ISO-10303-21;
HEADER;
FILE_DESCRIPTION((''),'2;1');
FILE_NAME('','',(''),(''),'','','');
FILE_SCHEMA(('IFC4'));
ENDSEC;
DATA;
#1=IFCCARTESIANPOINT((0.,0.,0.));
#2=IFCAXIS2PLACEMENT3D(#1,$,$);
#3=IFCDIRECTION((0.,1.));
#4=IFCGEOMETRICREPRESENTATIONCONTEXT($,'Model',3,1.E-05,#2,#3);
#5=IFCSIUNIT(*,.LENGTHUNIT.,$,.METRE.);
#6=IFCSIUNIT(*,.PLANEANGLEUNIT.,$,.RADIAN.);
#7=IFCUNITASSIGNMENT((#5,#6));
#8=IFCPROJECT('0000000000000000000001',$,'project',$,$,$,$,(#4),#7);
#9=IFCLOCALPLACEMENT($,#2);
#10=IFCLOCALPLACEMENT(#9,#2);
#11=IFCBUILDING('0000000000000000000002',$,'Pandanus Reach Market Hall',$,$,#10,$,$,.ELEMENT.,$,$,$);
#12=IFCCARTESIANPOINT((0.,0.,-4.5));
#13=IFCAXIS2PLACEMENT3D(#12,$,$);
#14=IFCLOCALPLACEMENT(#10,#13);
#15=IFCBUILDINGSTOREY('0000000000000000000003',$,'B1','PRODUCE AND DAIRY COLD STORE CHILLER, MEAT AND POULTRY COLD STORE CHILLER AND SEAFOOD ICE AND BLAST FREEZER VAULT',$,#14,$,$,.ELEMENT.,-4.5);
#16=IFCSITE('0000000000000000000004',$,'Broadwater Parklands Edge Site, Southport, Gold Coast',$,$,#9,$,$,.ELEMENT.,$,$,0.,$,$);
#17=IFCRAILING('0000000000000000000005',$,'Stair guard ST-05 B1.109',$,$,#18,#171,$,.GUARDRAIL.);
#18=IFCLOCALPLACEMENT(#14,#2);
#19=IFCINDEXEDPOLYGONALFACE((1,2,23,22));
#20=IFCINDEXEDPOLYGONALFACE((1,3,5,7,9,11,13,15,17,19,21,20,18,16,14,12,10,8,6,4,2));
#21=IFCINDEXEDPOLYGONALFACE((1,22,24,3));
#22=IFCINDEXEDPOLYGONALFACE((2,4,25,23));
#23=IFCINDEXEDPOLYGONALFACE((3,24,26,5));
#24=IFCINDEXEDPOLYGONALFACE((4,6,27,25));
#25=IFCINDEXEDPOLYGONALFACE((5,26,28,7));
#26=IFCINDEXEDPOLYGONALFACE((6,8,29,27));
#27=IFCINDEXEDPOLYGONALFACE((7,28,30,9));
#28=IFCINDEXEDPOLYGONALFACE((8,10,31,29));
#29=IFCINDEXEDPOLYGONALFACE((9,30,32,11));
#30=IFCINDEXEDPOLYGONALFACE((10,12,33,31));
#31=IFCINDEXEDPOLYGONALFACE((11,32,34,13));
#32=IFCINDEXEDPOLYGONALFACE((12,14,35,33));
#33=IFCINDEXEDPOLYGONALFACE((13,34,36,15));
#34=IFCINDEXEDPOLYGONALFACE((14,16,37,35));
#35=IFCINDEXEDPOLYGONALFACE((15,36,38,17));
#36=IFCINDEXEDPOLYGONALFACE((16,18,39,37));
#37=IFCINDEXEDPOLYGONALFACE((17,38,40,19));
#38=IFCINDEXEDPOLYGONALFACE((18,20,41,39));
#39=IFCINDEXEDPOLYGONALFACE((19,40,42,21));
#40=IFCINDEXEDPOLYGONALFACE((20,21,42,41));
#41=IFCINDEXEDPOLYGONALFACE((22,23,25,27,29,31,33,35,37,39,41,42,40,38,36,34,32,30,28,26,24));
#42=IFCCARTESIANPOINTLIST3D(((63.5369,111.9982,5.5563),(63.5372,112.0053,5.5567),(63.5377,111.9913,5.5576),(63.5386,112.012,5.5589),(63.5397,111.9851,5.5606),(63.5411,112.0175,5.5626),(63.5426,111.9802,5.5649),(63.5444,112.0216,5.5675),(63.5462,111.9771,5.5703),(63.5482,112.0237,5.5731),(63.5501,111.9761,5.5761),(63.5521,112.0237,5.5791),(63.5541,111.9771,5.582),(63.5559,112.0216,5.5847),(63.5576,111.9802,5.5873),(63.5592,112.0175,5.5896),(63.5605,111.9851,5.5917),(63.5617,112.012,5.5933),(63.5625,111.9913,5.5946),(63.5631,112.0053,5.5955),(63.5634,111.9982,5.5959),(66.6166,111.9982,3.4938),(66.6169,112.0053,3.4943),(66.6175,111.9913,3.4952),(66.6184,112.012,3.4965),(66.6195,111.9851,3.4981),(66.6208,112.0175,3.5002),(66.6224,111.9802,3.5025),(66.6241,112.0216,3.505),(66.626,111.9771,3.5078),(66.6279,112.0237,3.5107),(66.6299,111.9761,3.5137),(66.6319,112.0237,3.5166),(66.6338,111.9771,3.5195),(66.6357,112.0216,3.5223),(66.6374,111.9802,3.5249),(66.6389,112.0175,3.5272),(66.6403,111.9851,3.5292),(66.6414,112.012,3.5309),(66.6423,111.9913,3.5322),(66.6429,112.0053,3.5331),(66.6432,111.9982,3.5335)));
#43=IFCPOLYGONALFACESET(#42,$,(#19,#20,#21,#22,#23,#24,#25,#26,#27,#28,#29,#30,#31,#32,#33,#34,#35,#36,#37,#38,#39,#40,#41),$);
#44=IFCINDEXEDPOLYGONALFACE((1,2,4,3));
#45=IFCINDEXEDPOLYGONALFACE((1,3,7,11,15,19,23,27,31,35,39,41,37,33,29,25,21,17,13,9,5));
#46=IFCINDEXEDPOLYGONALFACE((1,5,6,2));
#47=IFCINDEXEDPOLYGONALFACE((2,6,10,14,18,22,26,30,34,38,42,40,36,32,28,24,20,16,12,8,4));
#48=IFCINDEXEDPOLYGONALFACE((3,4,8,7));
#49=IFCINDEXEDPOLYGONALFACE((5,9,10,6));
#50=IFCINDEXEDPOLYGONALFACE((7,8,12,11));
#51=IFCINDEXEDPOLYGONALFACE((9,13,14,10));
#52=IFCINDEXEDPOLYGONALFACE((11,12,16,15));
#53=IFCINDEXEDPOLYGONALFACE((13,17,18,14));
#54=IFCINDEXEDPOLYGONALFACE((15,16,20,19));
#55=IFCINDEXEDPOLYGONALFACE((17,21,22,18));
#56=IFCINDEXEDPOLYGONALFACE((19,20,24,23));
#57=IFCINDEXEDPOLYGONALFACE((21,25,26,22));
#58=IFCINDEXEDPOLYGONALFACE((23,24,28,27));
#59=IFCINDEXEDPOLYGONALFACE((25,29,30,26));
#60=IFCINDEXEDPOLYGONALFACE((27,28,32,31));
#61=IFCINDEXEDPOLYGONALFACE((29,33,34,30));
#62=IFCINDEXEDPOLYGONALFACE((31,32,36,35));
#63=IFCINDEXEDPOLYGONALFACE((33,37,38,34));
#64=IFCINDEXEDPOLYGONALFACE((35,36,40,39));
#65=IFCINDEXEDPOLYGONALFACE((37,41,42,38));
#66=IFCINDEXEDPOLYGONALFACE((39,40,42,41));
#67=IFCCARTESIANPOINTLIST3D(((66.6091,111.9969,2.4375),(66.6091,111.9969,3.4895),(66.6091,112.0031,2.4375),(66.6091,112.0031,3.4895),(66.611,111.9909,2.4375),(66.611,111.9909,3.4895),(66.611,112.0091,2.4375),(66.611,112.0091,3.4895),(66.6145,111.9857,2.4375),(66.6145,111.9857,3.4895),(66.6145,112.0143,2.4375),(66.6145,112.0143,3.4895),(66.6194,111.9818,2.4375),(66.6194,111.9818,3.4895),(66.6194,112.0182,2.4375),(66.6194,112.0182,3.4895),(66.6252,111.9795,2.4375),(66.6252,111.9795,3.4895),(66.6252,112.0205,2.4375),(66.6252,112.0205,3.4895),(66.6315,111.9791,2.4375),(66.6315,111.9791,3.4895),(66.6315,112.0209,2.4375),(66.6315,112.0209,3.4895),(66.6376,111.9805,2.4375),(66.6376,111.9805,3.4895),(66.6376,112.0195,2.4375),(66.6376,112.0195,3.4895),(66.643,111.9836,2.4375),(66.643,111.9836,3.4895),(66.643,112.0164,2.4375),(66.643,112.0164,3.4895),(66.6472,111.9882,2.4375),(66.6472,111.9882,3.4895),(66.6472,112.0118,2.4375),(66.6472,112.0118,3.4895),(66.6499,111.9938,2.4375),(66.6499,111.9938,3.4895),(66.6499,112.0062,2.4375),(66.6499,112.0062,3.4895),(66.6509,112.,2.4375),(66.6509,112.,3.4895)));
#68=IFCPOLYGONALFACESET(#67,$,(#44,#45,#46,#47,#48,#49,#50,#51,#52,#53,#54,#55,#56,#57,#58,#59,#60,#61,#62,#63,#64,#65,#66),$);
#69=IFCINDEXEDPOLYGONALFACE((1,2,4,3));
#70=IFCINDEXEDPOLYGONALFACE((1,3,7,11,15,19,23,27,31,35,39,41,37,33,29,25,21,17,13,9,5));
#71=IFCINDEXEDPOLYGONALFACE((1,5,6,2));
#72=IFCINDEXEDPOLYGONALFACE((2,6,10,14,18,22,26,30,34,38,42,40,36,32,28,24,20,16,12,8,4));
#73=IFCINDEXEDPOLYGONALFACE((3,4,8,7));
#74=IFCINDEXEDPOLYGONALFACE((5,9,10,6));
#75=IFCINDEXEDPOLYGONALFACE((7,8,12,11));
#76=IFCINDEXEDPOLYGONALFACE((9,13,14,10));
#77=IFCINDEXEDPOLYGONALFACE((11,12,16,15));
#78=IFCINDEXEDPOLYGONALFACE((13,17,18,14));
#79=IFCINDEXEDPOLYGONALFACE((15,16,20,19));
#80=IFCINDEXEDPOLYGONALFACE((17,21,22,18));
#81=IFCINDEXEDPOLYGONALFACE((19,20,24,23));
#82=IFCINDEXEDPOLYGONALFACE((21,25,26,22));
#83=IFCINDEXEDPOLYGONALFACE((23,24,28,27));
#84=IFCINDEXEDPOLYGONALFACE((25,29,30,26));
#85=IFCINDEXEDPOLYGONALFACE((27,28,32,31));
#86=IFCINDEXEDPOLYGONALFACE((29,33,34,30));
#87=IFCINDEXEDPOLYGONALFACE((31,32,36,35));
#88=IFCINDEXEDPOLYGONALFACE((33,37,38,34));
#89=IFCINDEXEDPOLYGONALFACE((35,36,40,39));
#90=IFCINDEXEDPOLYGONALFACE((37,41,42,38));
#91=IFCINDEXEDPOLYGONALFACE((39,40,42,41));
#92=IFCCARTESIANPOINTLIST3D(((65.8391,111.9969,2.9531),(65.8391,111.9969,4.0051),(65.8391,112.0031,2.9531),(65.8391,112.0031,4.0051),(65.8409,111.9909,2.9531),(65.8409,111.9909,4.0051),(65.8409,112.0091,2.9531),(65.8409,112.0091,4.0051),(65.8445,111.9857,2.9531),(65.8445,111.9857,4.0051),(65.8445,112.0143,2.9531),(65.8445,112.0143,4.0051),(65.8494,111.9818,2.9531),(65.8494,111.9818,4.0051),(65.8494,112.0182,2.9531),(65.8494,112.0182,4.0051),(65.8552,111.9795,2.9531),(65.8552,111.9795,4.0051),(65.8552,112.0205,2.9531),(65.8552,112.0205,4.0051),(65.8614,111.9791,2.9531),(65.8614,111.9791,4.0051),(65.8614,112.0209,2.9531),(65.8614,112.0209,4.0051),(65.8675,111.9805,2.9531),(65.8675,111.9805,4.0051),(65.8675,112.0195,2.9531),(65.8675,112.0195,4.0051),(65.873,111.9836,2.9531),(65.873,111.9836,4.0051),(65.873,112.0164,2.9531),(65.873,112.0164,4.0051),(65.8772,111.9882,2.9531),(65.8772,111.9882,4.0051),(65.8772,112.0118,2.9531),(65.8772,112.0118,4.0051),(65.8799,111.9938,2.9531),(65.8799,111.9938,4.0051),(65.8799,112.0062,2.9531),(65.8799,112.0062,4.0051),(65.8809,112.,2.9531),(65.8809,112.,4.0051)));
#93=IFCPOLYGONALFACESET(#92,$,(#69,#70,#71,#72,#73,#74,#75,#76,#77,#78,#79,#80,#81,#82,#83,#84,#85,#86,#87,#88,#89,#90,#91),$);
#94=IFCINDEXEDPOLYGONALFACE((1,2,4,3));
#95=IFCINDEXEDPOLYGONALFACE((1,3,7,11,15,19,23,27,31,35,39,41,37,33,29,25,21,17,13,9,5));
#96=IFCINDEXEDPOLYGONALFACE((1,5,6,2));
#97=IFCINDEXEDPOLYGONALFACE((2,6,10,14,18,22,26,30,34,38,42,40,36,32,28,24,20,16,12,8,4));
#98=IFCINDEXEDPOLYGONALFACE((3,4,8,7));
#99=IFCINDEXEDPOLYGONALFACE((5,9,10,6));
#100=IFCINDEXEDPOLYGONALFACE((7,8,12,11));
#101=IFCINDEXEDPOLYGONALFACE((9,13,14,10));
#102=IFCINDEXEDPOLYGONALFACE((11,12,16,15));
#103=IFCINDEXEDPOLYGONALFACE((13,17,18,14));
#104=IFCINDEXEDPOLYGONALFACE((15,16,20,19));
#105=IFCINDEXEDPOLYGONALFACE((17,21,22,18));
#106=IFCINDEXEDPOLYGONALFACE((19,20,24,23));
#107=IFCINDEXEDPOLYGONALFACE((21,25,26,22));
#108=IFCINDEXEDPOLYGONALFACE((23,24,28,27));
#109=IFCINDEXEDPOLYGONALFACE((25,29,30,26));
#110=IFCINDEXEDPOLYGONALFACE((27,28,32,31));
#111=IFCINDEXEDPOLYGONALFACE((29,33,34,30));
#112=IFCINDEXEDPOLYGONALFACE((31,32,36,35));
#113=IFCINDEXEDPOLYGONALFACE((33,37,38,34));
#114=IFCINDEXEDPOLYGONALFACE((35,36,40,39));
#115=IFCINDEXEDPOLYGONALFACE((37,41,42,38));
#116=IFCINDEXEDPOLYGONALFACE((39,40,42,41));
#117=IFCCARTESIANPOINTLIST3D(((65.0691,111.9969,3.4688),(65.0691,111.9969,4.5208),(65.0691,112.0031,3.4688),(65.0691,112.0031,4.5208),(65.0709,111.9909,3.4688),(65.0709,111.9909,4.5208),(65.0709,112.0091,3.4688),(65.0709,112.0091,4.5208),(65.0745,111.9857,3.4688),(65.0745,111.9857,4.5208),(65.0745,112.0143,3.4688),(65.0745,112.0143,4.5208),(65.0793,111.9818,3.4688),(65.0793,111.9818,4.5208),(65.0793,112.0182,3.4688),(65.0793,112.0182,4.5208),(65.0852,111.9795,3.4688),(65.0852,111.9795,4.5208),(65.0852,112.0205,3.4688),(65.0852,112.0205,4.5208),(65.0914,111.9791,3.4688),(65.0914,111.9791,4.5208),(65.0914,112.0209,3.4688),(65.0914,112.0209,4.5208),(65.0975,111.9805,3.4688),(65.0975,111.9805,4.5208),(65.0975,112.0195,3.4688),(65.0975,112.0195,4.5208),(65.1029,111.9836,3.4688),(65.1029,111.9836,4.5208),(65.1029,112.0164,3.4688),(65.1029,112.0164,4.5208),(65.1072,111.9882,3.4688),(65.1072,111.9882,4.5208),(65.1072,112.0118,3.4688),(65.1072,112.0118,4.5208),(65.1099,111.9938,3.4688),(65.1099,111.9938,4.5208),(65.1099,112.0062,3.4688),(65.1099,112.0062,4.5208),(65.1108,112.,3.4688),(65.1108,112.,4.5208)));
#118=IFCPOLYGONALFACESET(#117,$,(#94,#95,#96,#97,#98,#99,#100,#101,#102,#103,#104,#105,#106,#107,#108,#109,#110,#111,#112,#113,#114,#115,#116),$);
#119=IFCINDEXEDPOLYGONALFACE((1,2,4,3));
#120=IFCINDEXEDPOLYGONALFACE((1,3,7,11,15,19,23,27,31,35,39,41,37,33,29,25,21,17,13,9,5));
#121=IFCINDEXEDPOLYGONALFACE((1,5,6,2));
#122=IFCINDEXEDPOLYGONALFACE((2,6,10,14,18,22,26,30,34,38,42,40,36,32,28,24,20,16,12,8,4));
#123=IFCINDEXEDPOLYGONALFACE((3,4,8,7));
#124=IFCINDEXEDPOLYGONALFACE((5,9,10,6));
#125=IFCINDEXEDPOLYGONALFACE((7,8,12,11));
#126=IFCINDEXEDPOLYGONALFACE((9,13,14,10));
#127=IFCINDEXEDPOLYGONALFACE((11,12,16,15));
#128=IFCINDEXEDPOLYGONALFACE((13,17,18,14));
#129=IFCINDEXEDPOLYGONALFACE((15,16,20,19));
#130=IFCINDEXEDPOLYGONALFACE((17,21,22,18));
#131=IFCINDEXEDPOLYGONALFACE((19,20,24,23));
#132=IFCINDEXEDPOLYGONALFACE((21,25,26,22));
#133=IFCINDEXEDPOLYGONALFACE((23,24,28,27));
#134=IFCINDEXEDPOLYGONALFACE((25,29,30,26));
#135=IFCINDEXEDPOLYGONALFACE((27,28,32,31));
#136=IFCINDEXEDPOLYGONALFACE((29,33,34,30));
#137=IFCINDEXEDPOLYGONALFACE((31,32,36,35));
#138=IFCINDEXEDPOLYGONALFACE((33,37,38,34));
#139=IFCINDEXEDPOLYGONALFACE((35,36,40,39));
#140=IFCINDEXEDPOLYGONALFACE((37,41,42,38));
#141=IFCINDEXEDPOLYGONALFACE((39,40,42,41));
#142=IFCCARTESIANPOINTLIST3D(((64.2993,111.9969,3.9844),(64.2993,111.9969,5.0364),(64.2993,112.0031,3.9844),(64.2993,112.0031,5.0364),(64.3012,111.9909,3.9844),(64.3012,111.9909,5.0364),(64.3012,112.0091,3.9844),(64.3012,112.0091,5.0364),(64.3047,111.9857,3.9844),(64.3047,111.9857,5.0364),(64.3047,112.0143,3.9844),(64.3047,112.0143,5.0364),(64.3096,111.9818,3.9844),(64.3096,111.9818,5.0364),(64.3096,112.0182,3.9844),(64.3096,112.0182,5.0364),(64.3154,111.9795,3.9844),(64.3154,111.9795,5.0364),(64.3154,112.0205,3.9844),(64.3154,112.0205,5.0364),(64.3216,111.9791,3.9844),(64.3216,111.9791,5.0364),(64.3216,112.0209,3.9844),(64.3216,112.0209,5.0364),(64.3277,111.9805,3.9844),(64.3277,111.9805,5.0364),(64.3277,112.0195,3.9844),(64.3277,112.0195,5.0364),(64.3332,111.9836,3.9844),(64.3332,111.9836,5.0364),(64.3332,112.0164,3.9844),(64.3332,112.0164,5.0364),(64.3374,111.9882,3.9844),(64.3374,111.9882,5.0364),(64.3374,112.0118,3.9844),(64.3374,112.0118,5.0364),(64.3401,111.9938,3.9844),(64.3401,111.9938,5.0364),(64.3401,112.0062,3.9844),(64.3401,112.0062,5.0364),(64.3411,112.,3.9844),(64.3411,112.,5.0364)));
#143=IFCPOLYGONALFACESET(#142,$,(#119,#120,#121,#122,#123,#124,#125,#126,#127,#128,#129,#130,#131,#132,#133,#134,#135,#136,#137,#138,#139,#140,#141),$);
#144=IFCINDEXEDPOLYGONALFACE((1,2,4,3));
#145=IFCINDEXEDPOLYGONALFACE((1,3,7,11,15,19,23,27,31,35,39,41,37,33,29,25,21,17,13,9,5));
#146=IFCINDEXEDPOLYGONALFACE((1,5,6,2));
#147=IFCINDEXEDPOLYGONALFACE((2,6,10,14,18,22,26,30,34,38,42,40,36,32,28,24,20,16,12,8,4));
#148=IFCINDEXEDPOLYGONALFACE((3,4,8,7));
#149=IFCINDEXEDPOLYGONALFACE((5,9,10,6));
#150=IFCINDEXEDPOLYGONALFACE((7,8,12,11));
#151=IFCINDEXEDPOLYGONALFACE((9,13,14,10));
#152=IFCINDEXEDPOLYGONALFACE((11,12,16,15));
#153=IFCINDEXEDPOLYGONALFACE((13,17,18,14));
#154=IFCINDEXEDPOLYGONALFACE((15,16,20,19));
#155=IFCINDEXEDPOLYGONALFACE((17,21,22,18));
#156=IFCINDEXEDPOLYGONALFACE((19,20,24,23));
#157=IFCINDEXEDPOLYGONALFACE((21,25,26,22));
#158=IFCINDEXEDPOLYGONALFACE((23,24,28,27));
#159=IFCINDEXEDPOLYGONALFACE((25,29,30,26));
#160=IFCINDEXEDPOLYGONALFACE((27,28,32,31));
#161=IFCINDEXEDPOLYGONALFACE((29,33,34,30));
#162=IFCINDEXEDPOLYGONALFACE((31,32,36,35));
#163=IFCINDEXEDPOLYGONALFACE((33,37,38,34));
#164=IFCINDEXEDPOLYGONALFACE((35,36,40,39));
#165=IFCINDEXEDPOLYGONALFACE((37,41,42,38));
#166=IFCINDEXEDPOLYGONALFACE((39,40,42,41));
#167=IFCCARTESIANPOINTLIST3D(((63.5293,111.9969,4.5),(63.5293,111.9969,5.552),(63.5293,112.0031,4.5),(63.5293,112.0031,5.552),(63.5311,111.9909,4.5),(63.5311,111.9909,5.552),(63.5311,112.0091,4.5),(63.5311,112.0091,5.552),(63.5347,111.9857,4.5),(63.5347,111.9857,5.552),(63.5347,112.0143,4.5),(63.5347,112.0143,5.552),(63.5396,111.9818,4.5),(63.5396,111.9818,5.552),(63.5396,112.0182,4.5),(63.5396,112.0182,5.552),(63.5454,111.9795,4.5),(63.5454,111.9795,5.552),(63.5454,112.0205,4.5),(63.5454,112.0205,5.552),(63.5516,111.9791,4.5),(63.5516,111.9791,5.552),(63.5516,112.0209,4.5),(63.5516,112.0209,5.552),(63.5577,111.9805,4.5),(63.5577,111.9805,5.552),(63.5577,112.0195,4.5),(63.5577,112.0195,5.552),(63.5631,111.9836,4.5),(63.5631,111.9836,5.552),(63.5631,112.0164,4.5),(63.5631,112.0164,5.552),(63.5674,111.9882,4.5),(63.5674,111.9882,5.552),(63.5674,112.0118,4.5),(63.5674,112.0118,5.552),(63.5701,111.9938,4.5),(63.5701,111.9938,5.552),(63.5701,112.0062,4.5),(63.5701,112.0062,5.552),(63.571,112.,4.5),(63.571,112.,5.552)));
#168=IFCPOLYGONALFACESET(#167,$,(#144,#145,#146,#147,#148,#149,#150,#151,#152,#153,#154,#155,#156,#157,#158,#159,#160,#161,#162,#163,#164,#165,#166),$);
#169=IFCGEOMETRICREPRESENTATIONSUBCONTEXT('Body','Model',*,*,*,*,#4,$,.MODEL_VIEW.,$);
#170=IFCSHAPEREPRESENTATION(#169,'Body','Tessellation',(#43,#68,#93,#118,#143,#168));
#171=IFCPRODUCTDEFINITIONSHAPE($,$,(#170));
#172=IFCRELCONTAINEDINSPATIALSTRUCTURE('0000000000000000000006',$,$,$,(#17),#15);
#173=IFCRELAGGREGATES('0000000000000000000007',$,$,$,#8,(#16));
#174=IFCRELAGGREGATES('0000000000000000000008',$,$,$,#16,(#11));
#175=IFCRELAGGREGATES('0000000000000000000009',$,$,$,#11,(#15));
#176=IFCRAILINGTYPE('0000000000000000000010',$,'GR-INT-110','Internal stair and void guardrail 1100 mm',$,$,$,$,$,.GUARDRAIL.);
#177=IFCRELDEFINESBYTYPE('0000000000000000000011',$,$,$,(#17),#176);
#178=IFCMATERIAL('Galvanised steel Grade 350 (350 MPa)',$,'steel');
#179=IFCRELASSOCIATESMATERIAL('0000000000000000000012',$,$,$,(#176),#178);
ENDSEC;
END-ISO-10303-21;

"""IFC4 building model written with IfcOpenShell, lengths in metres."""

from ifc_helpers import new_model, si_unit, direction, frame, origin, origin_2d, place, context, subcontext, project, spatial, circle, extrude, material, type_object, element, save


model = new_model("IFC4")

# Units and contexts
model_context = context("Model", 3, precision=1e-05, world=origin(), true_north=direction((0.0, 1.0)))
body_context = subcontext(model_context, "Body", "Model", "MODEL_VIEW")
ifc_project = project(units=[si_unit("LENGTHUNIT", "METRE"), si_unit("PLANEANGLEUNIT", "RADIAN")], contexts=[model_context])

# Site, building, storey
site_placement = place(None, origin())
site = spatial("IfcSite", under=ifc_project, at=site_placement, Name="Broadwater Parklands Edge Site, Southport, Gold Coast", CompositionType="ELEMENT", RefElevation=0.0)
building_placement = place(site_placement, origin())
building = spatial("IfcBuilding", under=site, at=building_placement, Name="Pandanus Reach Market Hall", CompositionType="ELEMENT")
storey_placement = place(building_placement, frame((0.0, 0.0, -4.5)))
storey = spatial("IfcBuildingStorey", under=building, at=storey_placement, Name="B1", Description="PRODUCE AND DAIRY COLD STORE CHILLER, MEAT AND POULTRY COLD STORE CHILLER AND SEAFOOD ICE AND BLAST FREEZER VAULT", CompositionType="ELEMENT", Elevation=-4.5)

# Railing
ifc_material_1 = material(Name="Galvanised steel Grade 350 (350 MPa)", Category="steel")
railing_type_1 = type_object("IfcRailingType", Name="GR-INT-110", Description="Internal stair and void guardrail 1100 mm", PredefinedType="GUARDRAIL", material=ifc_material_1)
railing_1_placement = place(storey_placement, frame((66.6299, 112.0, 2.4375)))
element("IfcRailing", 1, at=railing_1_placement, inside=storey, type_object=railing_type_1, Name="Stair guard ST-05 B1.109", PredefinedType="GUARDRAIL", context=body_context, shape_type="SweptSolid", body=[
    extrude(circle(Radius=0.0239, at=origin_2d()), frame((0.0, 0.0, 1.0762), z_axis=(-0.830893, 0.0, 0.556432), x_axis=(0.0, -1.0, 0.0)), (0.0, 0.0, 1.0), 3.7065),
    extrude(circle(Radius=0.021, at=origin_2d()), origin(), (0.0, 0.0, 1.0), 1.052),
    extrude(circle(Radius=0.021, at=origin_2d()), frame((-0.77, 0.0, 0.5156)), (0.0, 0.0, 1.0), 1.052),
    extrude(circle(Radius=0.021, at=origin_2d()), frame((-1.54, 0.0, 1.0312)), (0.0, 0.0, 1.0), 1.052),
    extrude(circle(Radius=0.021, at=origin_2d()), frame((-2.3098, 0.0, 1.5469)), (0.0, 0.0, 1.0), 1.052),
    extrude(circle(Radius=0.021, at=origin_2d()), frame((-3.0798, 0.0, 2.0625)), (0.0, 0.0, 1.0), 1.052),
])

save(model, "model.ifc")
